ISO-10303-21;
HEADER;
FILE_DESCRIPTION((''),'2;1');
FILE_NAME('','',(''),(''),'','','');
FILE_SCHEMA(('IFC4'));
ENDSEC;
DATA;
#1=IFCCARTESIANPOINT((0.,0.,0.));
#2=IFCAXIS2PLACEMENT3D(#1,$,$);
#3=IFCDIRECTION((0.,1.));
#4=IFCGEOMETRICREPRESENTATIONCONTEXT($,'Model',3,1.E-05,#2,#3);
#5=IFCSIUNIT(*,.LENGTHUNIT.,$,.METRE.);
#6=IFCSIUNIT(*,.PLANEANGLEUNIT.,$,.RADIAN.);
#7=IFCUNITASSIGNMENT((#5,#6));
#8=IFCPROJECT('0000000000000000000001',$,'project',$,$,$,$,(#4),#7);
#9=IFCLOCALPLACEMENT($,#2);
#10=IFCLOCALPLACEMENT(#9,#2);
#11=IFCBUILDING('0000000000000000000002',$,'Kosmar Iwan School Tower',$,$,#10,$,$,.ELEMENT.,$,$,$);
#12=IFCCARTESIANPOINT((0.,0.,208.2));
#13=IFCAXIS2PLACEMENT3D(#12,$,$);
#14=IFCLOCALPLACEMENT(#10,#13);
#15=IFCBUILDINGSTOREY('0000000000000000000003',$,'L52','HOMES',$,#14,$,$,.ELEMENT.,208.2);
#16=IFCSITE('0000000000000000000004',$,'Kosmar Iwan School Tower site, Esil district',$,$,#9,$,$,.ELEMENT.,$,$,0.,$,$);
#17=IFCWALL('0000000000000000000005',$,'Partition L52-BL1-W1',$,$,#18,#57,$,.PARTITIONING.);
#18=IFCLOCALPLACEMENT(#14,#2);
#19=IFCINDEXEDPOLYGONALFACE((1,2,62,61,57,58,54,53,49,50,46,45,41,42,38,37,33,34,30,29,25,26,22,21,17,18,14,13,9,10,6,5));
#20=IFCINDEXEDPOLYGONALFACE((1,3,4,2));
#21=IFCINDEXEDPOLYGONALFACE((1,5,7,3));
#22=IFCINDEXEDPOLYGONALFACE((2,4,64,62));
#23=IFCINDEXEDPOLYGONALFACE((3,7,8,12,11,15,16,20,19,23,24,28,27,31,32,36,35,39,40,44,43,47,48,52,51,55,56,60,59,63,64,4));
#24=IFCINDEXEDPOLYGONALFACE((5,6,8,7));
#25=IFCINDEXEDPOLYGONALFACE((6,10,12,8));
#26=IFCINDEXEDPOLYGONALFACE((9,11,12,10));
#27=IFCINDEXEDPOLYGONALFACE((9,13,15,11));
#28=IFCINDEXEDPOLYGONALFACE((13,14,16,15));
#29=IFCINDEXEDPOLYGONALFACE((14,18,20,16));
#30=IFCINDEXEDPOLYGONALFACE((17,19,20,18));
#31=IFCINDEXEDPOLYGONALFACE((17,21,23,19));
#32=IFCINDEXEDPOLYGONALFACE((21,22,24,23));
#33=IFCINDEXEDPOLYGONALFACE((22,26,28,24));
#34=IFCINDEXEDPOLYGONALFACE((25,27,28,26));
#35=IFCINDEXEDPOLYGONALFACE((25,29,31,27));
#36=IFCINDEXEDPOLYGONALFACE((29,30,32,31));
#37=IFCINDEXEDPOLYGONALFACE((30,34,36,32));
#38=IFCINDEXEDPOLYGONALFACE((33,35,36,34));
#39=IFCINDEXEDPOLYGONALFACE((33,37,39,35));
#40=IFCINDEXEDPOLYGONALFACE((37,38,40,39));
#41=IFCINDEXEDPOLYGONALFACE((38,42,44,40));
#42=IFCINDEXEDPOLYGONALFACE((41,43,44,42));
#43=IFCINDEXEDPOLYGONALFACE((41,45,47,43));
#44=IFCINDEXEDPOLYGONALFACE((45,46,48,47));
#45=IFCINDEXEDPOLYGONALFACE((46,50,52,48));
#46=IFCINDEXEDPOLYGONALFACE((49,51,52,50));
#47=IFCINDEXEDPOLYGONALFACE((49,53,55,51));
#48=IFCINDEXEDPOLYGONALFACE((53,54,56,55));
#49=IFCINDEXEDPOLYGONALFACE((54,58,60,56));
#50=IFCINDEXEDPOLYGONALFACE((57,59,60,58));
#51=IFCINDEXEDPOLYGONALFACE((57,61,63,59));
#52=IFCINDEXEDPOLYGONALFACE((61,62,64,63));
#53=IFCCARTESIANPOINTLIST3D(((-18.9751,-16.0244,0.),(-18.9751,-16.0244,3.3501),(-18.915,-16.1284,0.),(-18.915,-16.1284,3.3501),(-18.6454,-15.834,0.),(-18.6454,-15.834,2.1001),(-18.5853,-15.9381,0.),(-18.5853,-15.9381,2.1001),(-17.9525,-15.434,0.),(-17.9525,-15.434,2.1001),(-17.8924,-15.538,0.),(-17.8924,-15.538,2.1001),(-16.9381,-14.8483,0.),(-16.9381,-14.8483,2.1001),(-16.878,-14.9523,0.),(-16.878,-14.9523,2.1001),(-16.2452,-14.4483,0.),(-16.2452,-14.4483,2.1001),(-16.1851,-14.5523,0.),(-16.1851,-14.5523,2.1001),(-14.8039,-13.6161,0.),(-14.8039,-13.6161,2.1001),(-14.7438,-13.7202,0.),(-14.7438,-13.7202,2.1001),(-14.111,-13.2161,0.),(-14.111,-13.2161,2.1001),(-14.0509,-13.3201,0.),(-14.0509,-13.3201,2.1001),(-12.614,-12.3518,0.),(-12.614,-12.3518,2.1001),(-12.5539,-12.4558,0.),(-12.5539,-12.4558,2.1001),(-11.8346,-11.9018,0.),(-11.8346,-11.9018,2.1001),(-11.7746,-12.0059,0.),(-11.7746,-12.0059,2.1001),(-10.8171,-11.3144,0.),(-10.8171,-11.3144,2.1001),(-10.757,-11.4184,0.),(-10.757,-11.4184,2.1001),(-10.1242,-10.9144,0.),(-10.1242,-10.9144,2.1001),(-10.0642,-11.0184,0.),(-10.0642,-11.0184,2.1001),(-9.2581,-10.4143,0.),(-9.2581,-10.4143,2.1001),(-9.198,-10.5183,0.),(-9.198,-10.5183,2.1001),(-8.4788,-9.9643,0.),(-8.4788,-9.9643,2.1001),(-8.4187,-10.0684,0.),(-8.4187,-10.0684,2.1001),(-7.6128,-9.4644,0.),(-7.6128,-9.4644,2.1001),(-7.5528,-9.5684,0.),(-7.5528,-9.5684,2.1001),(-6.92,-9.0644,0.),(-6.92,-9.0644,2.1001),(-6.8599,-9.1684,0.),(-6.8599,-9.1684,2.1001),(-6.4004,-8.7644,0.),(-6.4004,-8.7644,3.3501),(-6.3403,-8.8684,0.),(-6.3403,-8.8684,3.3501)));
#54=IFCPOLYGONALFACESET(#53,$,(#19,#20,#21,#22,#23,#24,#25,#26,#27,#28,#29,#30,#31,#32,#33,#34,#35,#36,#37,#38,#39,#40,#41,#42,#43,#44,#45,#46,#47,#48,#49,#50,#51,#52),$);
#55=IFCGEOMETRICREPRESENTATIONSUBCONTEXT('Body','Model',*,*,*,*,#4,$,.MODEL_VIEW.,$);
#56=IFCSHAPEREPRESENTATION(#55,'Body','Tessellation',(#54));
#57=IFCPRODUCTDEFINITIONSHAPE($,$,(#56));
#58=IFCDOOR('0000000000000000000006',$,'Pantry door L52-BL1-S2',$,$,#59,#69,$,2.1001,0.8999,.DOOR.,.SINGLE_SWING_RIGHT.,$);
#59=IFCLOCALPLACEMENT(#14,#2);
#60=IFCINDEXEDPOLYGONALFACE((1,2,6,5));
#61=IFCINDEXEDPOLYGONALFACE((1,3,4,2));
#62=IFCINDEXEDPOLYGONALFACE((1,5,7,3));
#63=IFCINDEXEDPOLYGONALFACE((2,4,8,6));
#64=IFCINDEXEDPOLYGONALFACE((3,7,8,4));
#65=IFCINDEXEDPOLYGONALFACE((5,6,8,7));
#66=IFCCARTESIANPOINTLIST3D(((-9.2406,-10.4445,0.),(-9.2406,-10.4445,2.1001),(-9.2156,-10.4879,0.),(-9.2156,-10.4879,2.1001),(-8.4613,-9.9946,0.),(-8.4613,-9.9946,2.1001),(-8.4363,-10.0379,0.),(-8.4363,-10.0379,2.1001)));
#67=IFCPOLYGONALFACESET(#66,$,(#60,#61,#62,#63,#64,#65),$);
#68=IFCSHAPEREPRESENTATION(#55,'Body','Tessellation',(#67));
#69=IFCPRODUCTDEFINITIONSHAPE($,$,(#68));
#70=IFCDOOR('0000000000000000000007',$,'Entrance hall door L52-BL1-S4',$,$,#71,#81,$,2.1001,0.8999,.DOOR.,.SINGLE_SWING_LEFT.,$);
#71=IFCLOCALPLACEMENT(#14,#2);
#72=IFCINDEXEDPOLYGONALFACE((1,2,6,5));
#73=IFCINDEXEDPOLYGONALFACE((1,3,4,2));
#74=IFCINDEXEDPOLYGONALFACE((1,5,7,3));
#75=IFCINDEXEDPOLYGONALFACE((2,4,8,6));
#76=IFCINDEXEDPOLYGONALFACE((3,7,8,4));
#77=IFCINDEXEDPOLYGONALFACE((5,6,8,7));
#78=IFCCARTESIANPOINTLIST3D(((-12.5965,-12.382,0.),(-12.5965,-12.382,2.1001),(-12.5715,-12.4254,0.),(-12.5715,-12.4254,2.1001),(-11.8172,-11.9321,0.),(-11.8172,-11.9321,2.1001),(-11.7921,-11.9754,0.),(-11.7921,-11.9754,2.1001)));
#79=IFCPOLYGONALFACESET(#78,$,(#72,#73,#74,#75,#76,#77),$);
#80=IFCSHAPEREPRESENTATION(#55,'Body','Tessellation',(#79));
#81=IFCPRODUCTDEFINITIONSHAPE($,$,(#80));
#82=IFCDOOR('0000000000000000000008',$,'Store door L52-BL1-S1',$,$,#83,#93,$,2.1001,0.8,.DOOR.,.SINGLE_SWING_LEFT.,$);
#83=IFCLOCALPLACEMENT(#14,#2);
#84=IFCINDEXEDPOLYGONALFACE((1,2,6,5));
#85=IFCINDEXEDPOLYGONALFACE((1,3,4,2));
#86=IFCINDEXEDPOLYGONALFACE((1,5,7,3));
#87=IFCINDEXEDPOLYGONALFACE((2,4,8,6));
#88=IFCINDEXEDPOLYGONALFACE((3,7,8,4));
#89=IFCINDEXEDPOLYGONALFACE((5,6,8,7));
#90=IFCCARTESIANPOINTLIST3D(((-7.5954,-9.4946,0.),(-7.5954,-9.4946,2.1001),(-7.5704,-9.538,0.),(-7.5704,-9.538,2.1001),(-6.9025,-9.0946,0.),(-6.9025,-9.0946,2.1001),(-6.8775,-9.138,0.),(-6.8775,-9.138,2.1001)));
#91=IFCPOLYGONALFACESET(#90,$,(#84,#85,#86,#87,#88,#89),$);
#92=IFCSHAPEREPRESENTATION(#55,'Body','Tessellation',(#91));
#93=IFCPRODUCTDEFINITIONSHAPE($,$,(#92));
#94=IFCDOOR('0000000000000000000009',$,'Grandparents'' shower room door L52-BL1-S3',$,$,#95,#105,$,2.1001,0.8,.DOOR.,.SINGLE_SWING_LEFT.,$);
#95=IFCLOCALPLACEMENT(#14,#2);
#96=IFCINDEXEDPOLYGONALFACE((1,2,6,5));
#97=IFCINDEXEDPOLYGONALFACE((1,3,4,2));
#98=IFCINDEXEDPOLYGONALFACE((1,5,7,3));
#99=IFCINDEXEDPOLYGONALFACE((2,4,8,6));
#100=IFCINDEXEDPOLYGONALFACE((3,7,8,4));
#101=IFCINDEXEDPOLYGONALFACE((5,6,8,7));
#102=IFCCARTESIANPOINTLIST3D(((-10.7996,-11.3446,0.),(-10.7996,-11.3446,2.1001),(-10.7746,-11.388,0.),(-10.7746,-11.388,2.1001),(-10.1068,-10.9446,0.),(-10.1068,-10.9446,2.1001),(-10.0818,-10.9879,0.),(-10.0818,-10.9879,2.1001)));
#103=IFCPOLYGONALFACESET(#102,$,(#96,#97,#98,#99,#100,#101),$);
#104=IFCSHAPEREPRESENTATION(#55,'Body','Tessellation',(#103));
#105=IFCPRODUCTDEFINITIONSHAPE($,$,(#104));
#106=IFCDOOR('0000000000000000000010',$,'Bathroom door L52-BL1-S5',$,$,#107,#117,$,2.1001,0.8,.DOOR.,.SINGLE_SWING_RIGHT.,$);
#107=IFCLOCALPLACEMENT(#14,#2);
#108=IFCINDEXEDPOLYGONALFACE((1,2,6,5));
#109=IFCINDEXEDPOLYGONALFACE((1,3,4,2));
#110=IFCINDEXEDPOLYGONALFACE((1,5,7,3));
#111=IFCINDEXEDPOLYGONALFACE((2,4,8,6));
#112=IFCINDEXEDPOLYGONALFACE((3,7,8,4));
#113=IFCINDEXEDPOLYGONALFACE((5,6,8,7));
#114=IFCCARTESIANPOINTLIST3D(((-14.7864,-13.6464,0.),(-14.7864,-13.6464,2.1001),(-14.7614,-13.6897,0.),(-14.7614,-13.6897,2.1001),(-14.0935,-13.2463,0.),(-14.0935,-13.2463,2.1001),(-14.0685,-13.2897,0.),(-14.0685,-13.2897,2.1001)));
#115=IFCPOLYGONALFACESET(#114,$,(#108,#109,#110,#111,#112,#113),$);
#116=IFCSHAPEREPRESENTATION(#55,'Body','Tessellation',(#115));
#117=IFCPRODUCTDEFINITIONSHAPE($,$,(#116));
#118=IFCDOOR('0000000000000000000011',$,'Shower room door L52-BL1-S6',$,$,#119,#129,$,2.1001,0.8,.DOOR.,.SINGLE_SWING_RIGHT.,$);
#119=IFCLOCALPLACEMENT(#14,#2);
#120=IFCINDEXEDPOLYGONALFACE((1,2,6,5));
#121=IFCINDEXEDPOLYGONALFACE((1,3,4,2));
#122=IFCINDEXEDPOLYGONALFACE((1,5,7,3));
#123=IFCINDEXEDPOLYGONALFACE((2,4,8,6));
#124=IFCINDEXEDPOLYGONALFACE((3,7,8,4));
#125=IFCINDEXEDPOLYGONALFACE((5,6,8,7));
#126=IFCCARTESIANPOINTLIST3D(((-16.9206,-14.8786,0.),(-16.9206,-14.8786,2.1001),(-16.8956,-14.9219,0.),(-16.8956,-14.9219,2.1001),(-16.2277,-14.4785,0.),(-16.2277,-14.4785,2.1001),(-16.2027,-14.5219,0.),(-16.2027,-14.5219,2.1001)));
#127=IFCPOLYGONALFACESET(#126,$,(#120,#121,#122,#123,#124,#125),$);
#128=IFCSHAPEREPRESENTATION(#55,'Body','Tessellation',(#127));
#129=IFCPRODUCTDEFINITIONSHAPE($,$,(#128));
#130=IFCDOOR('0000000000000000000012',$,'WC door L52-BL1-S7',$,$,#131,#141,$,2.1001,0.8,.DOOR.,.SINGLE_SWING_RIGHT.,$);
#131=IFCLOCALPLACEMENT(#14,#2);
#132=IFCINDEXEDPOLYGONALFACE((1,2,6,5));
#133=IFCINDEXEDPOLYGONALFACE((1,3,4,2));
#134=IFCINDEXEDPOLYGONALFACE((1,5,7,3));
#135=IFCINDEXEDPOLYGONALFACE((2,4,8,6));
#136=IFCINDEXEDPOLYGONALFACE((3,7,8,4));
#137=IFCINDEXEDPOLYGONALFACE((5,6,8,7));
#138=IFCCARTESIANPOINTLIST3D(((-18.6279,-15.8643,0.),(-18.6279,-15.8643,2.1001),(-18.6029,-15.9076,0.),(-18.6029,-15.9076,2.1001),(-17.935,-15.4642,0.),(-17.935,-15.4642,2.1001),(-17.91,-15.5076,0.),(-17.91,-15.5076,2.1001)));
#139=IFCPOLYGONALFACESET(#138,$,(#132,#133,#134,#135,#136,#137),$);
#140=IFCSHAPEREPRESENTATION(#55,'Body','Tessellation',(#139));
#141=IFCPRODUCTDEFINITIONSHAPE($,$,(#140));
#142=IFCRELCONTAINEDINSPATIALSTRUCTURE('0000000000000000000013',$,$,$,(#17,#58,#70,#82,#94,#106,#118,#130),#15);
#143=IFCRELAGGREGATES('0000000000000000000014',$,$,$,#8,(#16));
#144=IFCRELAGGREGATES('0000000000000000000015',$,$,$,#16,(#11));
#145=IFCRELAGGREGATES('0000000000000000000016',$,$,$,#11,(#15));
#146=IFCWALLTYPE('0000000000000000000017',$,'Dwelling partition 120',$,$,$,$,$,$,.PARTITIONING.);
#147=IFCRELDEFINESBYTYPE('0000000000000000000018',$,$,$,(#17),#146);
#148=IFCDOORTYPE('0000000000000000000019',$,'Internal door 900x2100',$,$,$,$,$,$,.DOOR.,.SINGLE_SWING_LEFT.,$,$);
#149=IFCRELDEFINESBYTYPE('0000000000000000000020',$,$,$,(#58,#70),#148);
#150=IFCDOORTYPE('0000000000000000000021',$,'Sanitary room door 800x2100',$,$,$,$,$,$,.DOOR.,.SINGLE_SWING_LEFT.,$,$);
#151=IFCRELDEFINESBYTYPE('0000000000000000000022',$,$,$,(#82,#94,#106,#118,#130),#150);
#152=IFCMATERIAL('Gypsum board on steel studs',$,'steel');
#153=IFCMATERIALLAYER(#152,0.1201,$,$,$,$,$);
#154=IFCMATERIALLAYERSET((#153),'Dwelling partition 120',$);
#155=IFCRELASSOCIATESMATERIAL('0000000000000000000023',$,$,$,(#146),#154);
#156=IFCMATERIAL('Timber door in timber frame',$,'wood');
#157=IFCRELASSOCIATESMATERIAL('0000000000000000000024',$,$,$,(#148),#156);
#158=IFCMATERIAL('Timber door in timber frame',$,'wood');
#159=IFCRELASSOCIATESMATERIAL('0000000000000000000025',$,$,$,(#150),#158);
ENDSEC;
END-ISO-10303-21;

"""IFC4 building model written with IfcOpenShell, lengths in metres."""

from ifc_helpers import new_model, si_unit, direction, frame, frame_2d, origin, place, context, subcontext, project, spatial, rectangle, extrude, material, layer, layer_set, type_object, element, fill, save


model = new_model("IFC4")

# Units and contexts
model_context = context("Model", 3, precision=1e-05, world=origin(), true_north=direction((0.0, 1.0)))
body_context = subcontext(model_context, "Body", "Model", "MODEL_VIEW")
ifc_project = project(units=[si_unit("LENGTHUNIT", "METRE"), si_unit("PLANEANGLEUNIT", "RADIAN")], contexts=[model_context])

# Site, building, storey
site_placement = place(None, origin())
site = spatial("IfcSite", under=ifc_project, at=site_placement, Name="Kosmar Iwan School Tower site, Esil district", CompositionType="ELEMENT", RefElevation=0.0)
building_placement = place(site_placement, origin())
building = spatial("IfcBuilding", under=site, at=building_placement, Name="Kosmar Iwan School Tower", CompositionType="ELEMENT")
storey_placement = place(building_placement, frame((0.0, 0.0, 208.2)))
storey = spatial("IfcBuildingStorey", under=building, at=storey_placement, Name="L52", Description="HOMES", CompositionType="ELEMENT", Elevation=208.2)

# Wall, openings, doors
ifc_material_1 = material(Name="Gypsum board on steel studs", Category="steel")
ifc_layer_1 = layer(ifc_material_1, 0.1201)
ifc_layer_set_1 = layer_set([ifc_layer_1], Name="Dwelling partition 120")
wall_type_1 = type_object("IfcWallType", Name="Dwelling partition 120", PredefinedType="PARTITIONING", material=ifc_layer_set_1)
wall_1_placement = place(storey_placement, frame((-6.3704, -8.8164, 0.0), z_axis=(0.0, 0.0, 1.0), x_axis=(-0.866025, -0.5, 0.0)))
wall_1 = element("IfcWall", 1, at=wall_1_placement, inside=storey, type_object=wall_type_1, Name="Partition L52-BL1-W1", PredefinedType="PARTITIONING", context=body_context, shape_type="SweptSolid", body=[
    extrude(rectangle(XDim=14.52, YDim=0.1201, at=frame_2d((7.26, 0.0))), origin(), (0.0, 0.0, 1.0), 3.3501),
])
opening_1_placement = place(wall_1_placement, frame((0.6001, 0.0, 0.0)))
opening_1 = element("IfcOpeningElement", 2, at=opening_1_placement, cuts=wall_1, PredefinedType="OPENING", context=body_context, shape_type="SweptSolid", body=[
    extrude(rectangle(XDim=0.8, YDim=2.1001, at=frame_2d((0.3999, 1.05))), frame((0.0, 0.072, 0.0), z_axis=(0.0, -1.0, 0.0), x_axis=(1.0, 0.0, 0.0)), (0.0, 0.0, 1.0), 0.144),
])
opening_2_placement = place(wall_1_placement, frame((2.3999, 0.0, 0.0)))
opening_2 = element("IfcOpeningElement", 3, at=opening_2_placement, cuts=wall_1, PredefinedType="OPENING", context=body_context, shape_type="SweptSolid", body=[
    extrude(rectangle(XDim=0.8999, YDim=2.1001, at=frame_2d((0.45, 1.05))), frame((0.0, 0.072, 0.0), z_axis=(0.0, -1.0, 0.0), x_axis=(1.0, 0.0, 0.0)), (0.0, 0.0, 1.0), 0.144),
])
opening_3_placement = place(wall_1_placement, frame((4.3, 0.0, 0.0)))
opening_3 = element("IfcOpeningElement", 4, at=opening_3_placement, cuts=wall_1, PredefinedType="OPENING", context=body_context, shape_type="SweptSolid", body=[
    extrude(rectangle(XDim=0.8, YDim=2.1001, at=frame_2d((0.3999, 1.05))), frame((0.0, 0.072, 0.0), z_axis=(0.0, -1.0, 0.0), x_axis=(1.0, 0.0, 0.0)), (0.0, 0.0, 1.0), 0.144),
])
opening_4_placement = place(wall_1_placement, frame((6.2749, 0.0, 0.0)))
opening_4 = element("IfcOpeningElement", 5, at=opening_4_placement, cuts=wall_1, PredefinedType="OPENING", context=body_context, shape_type="SweptSolid", body=[
    extrude(rectangle(XDim=0.8999, YDim=2.1001, at=frame_2d((0.45, 1.05))), frame((0.0, 0.072, 0.0), z_axis=(0.0, -1.0, 0.0), x_axis=(1.0, 0.0, 0.0)), (0.0, 0.0, 1.0), 0.144),
])
opening_5_placement = place(wall_1_placement, frame((8.9036, 0.0, 0.0)))
opening_5 = element("IfcOpeningElement", 6, at=opening_5_placement, cuts=wall_1, PredefinedType="OPENING", context=body_context, shape_type="SweptSolid", body=[
    extrude(rectangle(XDim=0.8, YDim=2.1001, at=frame_2d((0.3999, 1.05))), frame((0.0, 0.072, 0.0), z_axis=(0.0, -1.0, 0.0), x_axis=(1.0, 0.0, 0.0)), (0.0, 0.0, 1.0), 0.144),
])
opening_6_placement = place(wall_1_placement, frame((11.3679, 0.0, 0.0)))
opening_6 = element("IfcOpeningElement", 7, at=opening_6_placement, cuts=wall_1, PredefinedType="OPENING", context=body_context, shape_type="SweptSolid", body=[
    extrude(rectangle(XDim=0.8, YDim=2.1001, at=frame_2d((0.3999, 1.05))), frame((0.0, 0.072, 0.0), z_axis=(0.0, -1.0, 0.0), x_axis=(1.0, 0.0, 0.0)), (0.0, 0.0, 1.0), 0.144),
])
opening_7_placement = place(wall_1_placement, frame((13.3394, 0.0, 0.0)))
opening_7 = element("IfcOpeningElement", 8, at=opening_7_placement, cuts=wall_1, PredefinedType="OPENING", context=body_context, shape_type="SweptSolid", body=[
    extrude(rectangle(XDim=0.8, YDim=2.1001, at=frame_2d((0.3999, 1.05))), frame((0.0, 0.072, 0.0), z_axis=(0.0, -1.0, 0.0), x_axis=(1.0, 0.0, 0.0)), (0.0, 0.0, 1.0), 0.144),
])
ifc_material_2 = material(Name="Timber door in timber frame", Category="wood")
door_type_1 = type_object("IfcDoorType", Name="Internal door 900x2100", OperationType="SINGLE_SWING_LEFT", PredefinedType="DOOR", material=ifc_material_2)
door_1_placement = place(opening_2_placement, origin())
door_1 = element("IfcDoor", 9, at=door_1_placement, inside=storey, type_object=door_type_1, Name="Pantry door L52-BL1-S2", OperationType="SINGLE_SWING_RIGHT", OverallHeight=2.1001, OverallWidth=0.8999, PredefinedType="DOOR", context=body_context, shape_type="SweptSolid", body=[
    extrude(rectangle(XDim=0.8999, YDim=2.1001, at=frame_2d((0.45, 1.05))), frame((0.0, 0.0249, 0.0), z_axis=(0.0, -1.0, 0.0), x_axis=(1.0, 0.0, 0.0)), (0.0, 0.0, 1.0), 0.05),
])
fill(opening_2, door_1)
door_2_placement = place(opening_4_placement, origin())
door_2 = element("IfcDoor", 10, at=door_2_placement, inside=storey, type_object=door_type_1, Name="Entrance hall door L52-BL1-S4", OperationType="SINGLE_SWING_LEFT", OverallHeight=2.1001, OverallWidth=0.8999, PredefinedType="DOOR", context=body_context, shape_type="SweptSolid", body=[
    extrude(rectangle(XDim=0.8999, YDim=2.1001, at=frame_2d((0.45, 1.05))), frame((0.0, 0.0249, 0.0), z_axis=(0.0, -1.0, 0.0), x_axis=(1.0, 0.0, 0.0)), (0.0, 0.0, 1.0), 0.05),
])
fill(opening_4, door_2)
ifc_material_3 = material(Name="Timber door in timber frame", Category="wood")
door_type_2 = type_object("IfcDoorType", Name="Sanitary room door 800x2100", OperationType="SINGLE_SWING_LEFT", PredefinedType="DOOR", material=ifc_material_3)
door_3_placement = place(opening_1_placement, origin())
door_3 = element("IfcDoor", 11, at=door_3_placement, inside=storey, type_object=door_type_2, Name="Store door L52-BL1-S1", OperationType="SINGLE_SWING_LEFT", OverallHeight=2.1001, OverallWidth=0.8, PredefinedType="DOOR", context=body_context, shape_type="SweptSolid", body=[
    extrude(rectangle(XDim=0.8, YDim=2.1001, at=frame_2d((0.3999, 1.05))), frame((0.0, 0.0249, 0.0), z_axis=(0.0, -1.0, 0.0), x_axis=(1.0, 0.0, 0.0)), (0.0, 0.0, 1.0), 0.05),
])
fill(opening_1, door_3)
door_4_placement = place(opening_3_placement, origin())
door_4 = element("IfcDoor", 12, at=door_4_placement, inside=storey, type_object=door_type_2, Name="Grandparents' shower room door L52-BL1-S3", OperationType="SINGLE_SWING_LEFT", OverallHeight=2.1001, OverallWidth=0.8, PredefinedType="DOOR", context=body_context, shape_type="SweptSolid", body=[
    extrude(rectangle(XDim=0.8, YDim=2.1001, at=frame_2d((0.3999, 1.05))), frame((0.0, 0.0249, 0.0), z_axis=(0.0, -1.0, 0.0), x_axis=(1.0, 0.0, 0.0)), (0.0, 0.0, 1.0), 0.05),
])
fill(opening_3, door_4)
door_5_placement = place(opening_5_placement, origin())
door_5 = element("IfcDoor", 13, at=door_5_placement, inside=storey, type_object=door_type_2, Name="Bathroom door L52-BL1-S5", OperationType="SINGLE_SWING_RIGHT", OverallHeight=2.1001, OverallWidth=0.8, PredefinedType="DOOR", context=body_context, shape_type="SweptSolid", body=[
    extrude(rectangle(XDim=0.8, YDim=2.1001, at=frame_2d((0.3999, 1.05))), frame((0.0, 0.0249, 0.0), z_axis=(0.0, -1.0, 0.0), x_axis=(1.0, 0.0, 0.0)), (0.0, 0.0, 1.0), 0.05),
])
fill(opening_5, door_5)
door_6_placement = place(opening_6_placement, origin())
door_6 = element("IfcDoor", 14, at=door_6_placement, inside=storey, type_object=door_type_2, Name="Shower room door L52-BL1-S6", OperationType="SINGLE_SWING_RIGHT", OverallHeight=2.1001, OverallWidth=0.8, PredefinedType="DOOR", context=body_context, shape_type="SweptSolid", body=[
    extrude(rectangle(XDim=0.8, YDim=2.1001, at=frame_2d((0.3999, 1.05))), frame((0.0, 0.0249, 0.0), z_axis=(0.0, -1.0, 0.0), x_axis=(1.0, 0.0, 0.0)), (0.0, 0.0, 1.0), 0.05),
])
fill(opening_6, door_6)
door_7_placement = place(opening_7_placement, origin())
door_7 = element("IfcDoor", 15, at=door_7_placement, inside=storey, type_object=door_type_2, Name="WC door L52-BL1-S7", OperationType="SINGLE_SWING_RIGHT", OverallHeight=2.1001, OverallWidth=0.8, PredefinedType="DOOR", context=body_context, shape_type="SweptSolid", body=[
    extrude(rectangle(XDim=0.8, YDim=2.1001, at=frame_2d((0.3999, 1.05))), frame((0.0, 0.0249, 0.0), z_axis=(0.0, -1.0, 0.0), x_axis=(1.0, 0.0, 0.0)), (0.0, 0.0, 1.0), 0.05),
])
fill(opening_7, door_7)

save(model, "model.ifc")
